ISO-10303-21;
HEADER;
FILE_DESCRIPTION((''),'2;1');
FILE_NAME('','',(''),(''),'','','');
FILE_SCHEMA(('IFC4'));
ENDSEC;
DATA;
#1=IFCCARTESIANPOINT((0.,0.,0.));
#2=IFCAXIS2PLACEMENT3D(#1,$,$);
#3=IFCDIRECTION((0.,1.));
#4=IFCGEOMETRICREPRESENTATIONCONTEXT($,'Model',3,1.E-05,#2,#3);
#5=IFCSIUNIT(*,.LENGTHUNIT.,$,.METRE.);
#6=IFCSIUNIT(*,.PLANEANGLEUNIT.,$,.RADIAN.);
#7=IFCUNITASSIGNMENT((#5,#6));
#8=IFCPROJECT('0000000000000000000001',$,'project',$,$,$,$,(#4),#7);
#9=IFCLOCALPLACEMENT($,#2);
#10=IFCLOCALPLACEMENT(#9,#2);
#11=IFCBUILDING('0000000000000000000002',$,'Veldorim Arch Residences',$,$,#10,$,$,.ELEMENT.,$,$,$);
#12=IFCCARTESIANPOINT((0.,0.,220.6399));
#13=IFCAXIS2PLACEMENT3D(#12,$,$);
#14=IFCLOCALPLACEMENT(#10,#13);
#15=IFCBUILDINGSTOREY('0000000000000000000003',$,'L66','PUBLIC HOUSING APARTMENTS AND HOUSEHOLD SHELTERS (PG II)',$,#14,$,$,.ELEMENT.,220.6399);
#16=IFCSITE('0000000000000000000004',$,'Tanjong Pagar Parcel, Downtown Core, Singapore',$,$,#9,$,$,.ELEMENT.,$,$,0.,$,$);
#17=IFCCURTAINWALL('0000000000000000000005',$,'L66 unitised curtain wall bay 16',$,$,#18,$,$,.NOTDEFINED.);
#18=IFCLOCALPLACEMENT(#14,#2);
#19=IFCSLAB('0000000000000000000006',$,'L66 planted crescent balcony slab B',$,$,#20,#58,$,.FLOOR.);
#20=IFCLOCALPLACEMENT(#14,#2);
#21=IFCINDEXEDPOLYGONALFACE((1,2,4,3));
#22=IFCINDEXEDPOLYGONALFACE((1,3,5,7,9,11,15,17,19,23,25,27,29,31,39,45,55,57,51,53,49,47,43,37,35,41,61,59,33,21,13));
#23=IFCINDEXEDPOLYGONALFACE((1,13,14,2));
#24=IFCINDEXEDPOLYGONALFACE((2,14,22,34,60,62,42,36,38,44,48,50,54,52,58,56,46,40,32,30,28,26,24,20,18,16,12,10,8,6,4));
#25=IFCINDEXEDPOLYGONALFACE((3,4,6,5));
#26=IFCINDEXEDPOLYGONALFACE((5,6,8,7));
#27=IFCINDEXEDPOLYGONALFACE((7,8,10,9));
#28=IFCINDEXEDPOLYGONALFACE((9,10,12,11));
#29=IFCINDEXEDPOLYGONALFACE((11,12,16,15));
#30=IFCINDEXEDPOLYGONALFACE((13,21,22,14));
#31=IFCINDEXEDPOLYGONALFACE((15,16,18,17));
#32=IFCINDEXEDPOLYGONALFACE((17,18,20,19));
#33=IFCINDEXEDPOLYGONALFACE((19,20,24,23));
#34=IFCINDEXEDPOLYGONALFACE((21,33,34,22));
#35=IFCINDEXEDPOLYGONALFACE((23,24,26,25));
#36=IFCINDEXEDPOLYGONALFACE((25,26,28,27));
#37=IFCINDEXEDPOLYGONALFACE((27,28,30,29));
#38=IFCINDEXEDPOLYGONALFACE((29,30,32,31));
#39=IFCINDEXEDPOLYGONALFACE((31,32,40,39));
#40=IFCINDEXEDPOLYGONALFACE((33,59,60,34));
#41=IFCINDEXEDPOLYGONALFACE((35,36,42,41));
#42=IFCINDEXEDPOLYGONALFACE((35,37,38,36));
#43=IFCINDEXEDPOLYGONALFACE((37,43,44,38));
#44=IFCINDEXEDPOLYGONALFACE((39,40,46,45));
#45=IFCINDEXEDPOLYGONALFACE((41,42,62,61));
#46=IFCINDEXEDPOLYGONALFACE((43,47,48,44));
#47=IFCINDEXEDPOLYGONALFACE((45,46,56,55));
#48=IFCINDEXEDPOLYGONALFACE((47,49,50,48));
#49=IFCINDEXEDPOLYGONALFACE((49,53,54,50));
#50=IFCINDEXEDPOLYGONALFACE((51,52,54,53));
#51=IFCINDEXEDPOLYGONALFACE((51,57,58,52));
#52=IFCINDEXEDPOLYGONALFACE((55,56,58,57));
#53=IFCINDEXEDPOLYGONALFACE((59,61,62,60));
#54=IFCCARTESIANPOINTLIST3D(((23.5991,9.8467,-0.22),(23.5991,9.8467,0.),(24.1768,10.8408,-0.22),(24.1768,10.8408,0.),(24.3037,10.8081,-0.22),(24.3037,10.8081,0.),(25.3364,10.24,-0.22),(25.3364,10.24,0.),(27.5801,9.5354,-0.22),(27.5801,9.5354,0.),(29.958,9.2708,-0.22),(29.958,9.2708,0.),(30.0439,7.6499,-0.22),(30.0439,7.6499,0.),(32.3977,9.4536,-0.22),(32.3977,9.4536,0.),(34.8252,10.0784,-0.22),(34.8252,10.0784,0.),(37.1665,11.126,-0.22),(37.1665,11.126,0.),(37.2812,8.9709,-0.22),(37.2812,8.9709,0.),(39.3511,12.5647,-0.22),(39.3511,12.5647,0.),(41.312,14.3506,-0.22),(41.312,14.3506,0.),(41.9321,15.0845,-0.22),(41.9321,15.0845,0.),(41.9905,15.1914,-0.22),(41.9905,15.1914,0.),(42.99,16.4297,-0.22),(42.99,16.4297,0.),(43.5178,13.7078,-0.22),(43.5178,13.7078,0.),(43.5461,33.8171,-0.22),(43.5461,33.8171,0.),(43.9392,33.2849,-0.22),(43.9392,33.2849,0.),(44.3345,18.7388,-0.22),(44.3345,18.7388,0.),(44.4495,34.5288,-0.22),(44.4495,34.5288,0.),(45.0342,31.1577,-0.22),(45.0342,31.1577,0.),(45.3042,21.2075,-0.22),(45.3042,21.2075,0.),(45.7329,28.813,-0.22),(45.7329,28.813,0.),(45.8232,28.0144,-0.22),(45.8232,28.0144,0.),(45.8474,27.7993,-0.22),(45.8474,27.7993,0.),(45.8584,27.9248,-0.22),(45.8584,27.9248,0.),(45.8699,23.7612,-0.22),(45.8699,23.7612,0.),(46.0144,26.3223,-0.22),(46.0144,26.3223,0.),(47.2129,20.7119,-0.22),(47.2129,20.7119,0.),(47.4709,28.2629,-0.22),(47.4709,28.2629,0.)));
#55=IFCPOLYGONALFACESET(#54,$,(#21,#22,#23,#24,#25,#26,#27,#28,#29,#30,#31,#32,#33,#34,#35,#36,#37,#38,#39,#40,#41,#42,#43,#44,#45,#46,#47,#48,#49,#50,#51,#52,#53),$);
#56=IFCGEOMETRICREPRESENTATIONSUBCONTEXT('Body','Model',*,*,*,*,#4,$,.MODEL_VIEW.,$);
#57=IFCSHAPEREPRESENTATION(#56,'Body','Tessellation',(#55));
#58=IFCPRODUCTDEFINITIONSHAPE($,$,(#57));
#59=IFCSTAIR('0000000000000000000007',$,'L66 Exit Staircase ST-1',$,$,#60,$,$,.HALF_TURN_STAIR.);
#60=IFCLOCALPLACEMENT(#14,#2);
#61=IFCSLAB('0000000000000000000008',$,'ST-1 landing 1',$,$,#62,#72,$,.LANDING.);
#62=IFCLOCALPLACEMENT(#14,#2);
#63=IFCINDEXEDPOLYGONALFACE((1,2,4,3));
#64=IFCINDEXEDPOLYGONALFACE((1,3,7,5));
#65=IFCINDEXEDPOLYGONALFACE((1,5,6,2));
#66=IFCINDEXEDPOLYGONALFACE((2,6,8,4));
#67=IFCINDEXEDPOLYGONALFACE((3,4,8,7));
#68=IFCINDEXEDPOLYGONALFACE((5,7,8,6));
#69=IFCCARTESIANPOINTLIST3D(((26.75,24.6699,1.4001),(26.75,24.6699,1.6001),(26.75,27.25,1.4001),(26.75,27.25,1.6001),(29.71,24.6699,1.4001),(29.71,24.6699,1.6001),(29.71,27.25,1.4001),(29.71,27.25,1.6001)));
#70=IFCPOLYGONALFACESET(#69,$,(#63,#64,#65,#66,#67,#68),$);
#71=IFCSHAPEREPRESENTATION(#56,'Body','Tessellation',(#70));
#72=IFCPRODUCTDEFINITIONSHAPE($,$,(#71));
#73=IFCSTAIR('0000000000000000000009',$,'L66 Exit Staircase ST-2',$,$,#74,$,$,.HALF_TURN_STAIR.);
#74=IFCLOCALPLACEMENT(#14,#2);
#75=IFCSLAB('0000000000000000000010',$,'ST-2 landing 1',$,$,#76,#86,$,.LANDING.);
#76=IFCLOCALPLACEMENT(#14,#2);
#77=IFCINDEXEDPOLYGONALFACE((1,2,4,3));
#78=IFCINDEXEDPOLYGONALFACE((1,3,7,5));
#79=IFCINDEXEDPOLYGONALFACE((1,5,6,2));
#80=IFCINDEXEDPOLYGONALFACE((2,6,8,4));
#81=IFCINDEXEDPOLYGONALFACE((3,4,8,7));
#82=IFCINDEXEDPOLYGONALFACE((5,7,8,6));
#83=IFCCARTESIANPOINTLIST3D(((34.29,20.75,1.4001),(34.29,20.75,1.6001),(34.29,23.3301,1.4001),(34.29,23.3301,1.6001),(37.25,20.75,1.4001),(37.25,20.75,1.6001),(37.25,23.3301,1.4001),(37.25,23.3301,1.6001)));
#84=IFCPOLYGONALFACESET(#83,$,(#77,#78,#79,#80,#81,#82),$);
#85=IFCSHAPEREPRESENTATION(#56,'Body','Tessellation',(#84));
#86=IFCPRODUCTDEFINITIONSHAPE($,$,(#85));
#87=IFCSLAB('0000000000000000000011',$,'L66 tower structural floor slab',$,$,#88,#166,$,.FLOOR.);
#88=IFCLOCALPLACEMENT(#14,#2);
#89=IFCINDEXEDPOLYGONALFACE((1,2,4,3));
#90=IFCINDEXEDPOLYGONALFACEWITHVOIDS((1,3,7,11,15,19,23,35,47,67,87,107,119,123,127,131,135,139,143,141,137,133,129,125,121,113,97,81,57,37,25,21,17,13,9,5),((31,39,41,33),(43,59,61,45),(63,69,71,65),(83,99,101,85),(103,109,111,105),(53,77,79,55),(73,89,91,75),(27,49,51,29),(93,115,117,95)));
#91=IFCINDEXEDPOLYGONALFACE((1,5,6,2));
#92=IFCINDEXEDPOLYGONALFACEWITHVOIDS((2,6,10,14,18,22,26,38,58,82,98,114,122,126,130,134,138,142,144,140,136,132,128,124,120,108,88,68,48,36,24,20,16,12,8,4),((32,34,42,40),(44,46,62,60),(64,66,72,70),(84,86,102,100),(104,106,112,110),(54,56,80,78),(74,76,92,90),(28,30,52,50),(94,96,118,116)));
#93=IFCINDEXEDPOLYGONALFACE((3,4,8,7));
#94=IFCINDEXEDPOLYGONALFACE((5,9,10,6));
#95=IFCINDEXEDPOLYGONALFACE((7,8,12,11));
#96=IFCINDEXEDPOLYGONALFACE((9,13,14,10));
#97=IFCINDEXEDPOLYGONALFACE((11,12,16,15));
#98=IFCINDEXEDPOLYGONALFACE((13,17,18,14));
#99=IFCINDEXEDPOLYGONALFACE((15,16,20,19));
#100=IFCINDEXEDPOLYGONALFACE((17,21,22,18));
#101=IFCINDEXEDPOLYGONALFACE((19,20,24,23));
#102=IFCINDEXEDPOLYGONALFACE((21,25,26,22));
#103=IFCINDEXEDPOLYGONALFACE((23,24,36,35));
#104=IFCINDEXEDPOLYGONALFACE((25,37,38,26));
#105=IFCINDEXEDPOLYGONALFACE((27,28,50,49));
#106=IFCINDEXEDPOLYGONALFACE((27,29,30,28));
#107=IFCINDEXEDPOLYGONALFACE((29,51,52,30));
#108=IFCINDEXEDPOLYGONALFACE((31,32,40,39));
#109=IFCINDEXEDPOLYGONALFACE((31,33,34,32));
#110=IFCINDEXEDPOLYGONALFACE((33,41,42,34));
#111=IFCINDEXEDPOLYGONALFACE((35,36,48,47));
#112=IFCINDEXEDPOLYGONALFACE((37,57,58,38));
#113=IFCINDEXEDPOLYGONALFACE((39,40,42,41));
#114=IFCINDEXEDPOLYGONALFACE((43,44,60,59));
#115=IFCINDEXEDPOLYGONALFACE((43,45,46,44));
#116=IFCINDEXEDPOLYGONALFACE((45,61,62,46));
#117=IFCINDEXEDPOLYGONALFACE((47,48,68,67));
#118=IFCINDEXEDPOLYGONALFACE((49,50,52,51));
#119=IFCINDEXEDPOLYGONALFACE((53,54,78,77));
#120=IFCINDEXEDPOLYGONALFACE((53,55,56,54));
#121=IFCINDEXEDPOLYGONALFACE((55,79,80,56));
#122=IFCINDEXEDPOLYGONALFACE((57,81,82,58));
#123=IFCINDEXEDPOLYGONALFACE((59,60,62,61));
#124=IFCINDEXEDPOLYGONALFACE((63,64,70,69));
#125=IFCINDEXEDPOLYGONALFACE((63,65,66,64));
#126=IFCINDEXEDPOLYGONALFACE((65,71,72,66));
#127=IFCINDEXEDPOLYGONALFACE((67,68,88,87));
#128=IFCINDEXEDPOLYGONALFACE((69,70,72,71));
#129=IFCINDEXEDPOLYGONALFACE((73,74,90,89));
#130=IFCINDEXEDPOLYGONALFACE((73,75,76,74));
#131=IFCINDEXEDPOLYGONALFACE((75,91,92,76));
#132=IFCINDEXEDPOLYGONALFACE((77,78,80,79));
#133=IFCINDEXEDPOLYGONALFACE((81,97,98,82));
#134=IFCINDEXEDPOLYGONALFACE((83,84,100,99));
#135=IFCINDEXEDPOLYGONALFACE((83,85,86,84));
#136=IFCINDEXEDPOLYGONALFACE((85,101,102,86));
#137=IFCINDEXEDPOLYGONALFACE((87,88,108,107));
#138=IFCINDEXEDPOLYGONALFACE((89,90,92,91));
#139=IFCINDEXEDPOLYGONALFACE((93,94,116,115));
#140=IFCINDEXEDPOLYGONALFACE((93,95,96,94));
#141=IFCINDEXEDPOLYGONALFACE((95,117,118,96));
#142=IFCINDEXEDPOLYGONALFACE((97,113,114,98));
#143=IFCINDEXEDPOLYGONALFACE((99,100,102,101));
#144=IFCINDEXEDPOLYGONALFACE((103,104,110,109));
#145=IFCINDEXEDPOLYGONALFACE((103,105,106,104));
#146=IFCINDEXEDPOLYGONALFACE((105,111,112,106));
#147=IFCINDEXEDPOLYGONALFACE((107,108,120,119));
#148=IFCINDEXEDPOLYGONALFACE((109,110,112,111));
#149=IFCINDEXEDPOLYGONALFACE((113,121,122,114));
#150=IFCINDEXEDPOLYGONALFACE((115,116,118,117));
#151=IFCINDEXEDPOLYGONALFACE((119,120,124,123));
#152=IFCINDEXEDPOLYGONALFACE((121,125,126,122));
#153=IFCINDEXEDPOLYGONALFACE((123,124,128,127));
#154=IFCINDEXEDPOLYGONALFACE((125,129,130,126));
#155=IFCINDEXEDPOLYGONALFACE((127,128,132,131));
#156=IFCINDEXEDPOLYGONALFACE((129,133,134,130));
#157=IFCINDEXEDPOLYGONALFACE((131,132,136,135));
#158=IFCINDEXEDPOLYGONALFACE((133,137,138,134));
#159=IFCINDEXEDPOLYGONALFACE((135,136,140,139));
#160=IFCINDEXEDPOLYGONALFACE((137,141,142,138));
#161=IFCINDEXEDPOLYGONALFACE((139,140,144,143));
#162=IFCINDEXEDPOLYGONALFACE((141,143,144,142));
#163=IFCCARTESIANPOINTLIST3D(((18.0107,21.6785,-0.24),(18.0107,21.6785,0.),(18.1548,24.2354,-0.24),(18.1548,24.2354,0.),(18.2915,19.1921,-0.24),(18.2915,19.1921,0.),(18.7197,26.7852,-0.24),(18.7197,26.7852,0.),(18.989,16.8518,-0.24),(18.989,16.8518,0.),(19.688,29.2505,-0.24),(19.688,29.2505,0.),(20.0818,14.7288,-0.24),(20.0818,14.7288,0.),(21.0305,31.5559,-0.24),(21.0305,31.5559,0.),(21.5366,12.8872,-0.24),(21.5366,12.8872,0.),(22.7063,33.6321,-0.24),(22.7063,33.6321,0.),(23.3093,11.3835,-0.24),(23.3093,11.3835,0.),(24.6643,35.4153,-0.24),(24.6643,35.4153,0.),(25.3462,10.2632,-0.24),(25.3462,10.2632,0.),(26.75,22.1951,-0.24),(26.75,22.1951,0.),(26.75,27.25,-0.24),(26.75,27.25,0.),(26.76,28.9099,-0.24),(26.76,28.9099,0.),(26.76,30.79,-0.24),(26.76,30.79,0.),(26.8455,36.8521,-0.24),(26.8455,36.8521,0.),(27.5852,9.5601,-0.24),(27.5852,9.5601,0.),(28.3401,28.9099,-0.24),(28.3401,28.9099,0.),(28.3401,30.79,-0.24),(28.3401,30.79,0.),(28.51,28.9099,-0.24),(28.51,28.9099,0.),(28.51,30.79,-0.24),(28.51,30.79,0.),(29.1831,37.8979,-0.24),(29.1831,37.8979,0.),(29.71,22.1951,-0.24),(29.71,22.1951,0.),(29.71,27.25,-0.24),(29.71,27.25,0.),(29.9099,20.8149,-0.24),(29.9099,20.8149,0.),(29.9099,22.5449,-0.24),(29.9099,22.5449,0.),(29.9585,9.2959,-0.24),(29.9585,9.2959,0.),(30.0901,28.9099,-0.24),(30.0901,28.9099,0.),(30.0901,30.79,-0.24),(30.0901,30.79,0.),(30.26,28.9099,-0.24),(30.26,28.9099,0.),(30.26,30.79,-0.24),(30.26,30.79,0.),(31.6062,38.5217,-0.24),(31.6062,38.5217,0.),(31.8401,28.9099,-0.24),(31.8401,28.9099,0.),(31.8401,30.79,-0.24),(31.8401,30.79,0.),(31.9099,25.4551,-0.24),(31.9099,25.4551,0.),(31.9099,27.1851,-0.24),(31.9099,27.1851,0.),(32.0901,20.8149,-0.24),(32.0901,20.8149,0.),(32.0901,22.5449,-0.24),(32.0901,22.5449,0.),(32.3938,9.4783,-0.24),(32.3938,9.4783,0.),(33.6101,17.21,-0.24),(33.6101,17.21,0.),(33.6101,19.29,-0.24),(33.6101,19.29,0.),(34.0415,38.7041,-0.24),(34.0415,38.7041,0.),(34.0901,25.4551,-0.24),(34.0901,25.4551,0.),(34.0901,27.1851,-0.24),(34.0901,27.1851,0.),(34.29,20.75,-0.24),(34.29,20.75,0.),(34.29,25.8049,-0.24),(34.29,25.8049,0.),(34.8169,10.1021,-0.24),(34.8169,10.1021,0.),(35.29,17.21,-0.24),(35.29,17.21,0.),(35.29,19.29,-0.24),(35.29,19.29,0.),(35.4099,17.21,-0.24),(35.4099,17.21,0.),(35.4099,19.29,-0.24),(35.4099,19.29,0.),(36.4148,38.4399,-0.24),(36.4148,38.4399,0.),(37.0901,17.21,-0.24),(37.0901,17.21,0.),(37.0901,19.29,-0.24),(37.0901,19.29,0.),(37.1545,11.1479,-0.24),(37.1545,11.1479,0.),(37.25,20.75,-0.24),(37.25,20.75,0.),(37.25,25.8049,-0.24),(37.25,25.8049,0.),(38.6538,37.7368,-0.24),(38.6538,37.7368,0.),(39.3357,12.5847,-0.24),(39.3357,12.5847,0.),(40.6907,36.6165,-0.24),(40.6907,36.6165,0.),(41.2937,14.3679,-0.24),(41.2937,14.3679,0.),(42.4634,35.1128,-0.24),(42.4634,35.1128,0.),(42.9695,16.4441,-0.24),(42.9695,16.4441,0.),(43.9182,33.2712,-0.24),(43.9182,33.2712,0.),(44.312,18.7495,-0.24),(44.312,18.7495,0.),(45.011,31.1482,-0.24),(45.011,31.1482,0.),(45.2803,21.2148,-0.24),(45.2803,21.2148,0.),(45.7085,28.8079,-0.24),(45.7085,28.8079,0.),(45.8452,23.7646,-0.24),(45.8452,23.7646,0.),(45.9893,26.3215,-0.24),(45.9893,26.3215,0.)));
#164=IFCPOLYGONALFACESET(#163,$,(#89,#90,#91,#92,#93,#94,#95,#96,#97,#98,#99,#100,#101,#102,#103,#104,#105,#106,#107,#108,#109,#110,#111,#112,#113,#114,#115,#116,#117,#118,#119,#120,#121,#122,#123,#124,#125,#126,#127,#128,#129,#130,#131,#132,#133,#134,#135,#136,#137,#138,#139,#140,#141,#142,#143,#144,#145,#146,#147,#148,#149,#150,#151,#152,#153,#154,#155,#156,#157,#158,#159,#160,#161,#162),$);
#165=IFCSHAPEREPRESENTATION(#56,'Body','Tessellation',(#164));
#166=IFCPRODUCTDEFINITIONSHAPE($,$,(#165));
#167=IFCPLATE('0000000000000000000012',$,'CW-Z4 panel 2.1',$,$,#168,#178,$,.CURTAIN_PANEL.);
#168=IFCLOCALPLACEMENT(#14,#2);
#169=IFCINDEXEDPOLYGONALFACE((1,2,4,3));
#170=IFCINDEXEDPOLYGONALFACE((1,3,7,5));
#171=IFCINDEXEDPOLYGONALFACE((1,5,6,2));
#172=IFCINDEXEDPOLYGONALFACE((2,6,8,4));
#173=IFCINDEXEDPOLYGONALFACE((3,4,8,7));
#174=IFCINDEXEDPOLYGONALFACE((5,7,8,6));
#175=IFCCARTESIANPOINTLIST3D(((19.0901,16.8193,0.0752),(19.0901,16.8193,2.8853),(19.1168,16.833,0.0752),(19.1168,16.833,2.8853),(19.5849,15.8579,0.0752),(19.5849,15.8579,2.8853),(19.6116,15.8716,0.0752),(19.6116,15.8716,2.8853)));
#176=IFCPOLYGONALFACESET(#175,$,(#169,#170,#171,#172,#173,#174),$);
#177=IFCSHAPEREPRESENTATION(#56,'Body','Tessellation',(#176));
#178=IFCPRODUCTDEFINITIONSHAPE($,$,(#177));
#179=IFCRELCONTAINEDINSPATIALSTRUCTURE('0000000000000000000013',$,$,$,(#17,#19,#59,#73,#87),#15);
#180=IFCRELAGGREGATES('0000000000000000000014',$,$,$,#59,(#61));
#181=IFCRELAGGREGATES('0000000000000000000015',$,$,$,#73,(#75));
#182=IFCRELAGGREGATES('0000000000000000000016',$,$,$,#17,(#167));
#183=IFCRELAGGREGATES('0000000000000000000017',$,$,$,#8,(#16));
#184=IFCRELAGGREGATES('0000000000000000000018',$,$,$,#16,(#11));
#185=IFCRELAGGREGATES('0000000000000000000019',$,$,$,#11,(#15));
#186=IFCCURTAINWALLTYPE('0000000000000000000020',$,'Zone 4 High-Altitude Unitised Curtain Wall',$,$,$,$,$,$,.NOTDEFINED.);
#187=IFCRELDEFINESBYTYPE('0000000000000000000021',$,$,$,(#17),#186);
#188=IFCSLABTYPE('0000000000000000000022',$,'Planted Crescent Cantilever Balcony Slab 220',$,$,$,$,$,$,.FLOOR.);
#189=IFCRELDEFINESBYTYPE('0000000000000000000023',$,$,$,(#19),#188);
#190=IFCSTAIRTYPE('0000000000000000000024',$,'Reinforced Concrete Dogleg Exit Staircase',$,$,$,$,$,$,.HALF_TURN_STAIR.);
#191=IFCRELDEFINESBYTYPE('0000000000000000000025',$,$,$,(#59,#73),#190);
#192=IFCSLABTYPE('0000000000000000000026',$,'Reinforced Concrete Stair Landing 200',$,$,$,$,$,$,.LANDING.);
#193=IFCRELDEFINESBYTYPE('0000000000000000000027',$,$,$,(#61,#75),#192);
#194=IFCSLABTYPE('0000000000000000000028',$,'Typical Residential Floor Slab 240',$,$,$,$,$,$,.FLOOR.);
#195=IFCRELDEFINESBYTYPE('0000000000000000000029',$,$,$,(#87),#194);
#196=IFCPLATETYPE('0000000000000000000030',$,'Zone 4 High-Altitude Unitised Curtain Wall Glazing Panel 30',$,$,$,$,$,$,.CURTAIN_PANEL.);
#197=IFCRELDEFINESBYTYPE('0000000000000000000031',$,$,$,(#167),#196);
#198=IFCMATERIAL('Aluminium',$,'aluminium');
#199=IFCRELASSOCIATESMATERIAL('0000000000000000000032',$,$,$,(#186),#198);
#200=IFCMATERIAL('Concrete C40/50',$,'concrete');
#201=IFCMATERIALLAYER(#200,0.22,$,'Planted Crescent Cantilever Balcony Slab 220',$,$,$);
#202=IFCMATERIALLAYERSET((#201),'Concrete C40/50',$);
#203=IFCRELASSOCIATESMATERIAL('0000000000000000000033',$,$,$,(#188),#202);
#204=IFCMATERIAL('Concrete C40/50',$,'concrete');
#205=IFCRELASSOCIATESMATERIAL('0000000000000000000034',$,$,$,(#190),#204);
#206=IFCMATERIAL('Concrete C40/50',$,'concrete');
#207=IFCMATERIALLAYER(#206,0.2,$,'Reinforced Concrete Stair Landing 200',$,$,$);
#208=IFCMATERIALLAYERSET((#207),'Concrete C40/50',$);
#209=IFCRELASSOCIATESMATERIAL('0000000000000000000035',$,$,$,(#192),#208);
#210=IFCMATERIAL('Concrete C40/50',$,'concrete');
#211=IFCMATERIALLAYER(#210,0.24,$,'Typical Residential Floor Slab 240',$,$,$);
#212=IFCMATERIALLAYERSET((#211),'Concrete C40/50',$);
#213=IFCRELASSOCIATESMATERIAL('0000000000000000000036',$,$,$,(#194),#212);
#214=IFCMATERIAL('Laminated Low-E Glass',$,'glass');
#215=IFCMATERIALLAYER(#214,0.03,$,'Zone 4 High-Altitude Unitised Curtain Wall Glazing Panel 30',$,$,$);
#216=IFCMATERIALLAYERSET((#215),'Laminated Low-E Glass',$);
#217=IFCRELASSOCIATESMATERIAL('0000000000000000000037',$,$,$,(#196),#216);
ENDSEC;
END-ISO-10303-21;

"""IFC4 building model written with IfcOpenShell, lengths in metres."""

from ifc_helpers import new_model, si_unit, direction, frame, origin, origin_2d, place, context, subcontext, project, spatial, polyline, rectangle, outline, extrude, material, layer, layer_set, type_object, element, aggregate, save


model = new_model("IFC4")

# Units and contexts
model_context = context("Model", 3, precision=1e-05, world=origin(), true_north=direction((0.0, 1.0)))
body_context = subcontext(model_context, "Body", "Model", "MODEL_VIEW")
ifc_project = project(units=[si_unit("LENGTHUNIT", "METRE"), si_unit("PLANEANGLEUNIT", "RADIAN")], contexts=[model_context])

# Site, building, storey
site_placement = place(None, origin())
site = spatial("IfcSite", under=ifc_project, at=site_placement, Name="Tanjong Pagar Parcel, Downtown Core, Singapore", CompositionType="ELEMENT", RefElevation=0.0)
building_placement = place(site_placement, origin())
building = spatial("IfcBuilding", under=site, at=building_placement, Name="Veldorim Arch Residences", CompositionType="ELEMENT")
storey_placement = place(building_placement, frame((0.0, 0.0, 220.6399)))
storey = spatial("IfcBuildingStorey", under=building, at=storey_placement, Name="L66", Description="PUBLIC HOUSING APARTMENTS AND HOUSEHOLD SHELTERS (PG II)", CompositionType="ELEMENT", Elevation=220.6399)

# Curtain wall
ifc_material_1 = material(Name="Aluminium", Category="aluminium")
curtain_wall_type = type_object("IfcCurtainWallType", Name="Zone 4 High-Altitude Unitised Curtain Wall", PredefinedType="NOTDEFINED", material=ifc_material_1)
curtain_wall_placement = place(storey_placement, origin())
curtain_wall = element("IfcCurtainWall", 1, at=curtain_wall_placement, inside=storey, type_object=curtain_wall_type, Name="L66 unitised curtain wall bay 16", PredefinedType="NOTDEFINED")

# Slab
ifc_material_2 = material(Name="Concrete C40/50", Category="concrete")
ifc_layer_1 = layer(ifc_material_2, 0.22, Name="Planted Crescent Cantilever Balcony Slab 220")
ifc_layer_set_1 = layer_set([ifc_layer_1], Name="Concrete C40/50")
slab_type_1 = type_object("IfcSlabType", Name="Planted Crescent Cantilever Balcony Slab 220", PredefinedType="FLOOR", material=ifc_layer_set_1)
slab_1_placement = place(storey_placement, frame((0.0, 0.0, -0.22)))
element("IfcSlab", 2, at=slab_1_placement, inside=storey, type_object=slab_type_1, Name="L66 planted crescent balcony slab B", PredefinedType="FLOOR", context=body_context, shape_type="SweptSolid", body=[
    extrude(outline(polyline([(24.3037, 10.8081), (25.3364, 10.24), (27.5801, 9.5354), (29.958, 9.2708), (32.3977, 9.4536), (34.8252, 10.0784), (37.1665, 11.126), (39.3511, 12.5647), (41.312, 14.3506), (41.9321, 15.0845), (41.9905, 15.1914), (42.99, 16.4297), (44.3345, 18.7388), (45.3042, 21.2075), (45.8699, 23.7612), (46.0144, 26.3223), (45.8474, 27.7993), (45.8584, 27.9248), (45.8232, 28.0144), (45.7329, 28.813), (45.0342, 31.1577), (43.9392, 33.2849), (43.5461, 33.8171), (44.4495, 34.5288), (47.4709, 28.2629), (47.2129, 20.7119), (43.5178, 13.7078), (37.2812, 8.9709), (30.0439, 7.6499), (23.5991, 9.8467), (24.1768, 10.8408), (24.3037, 10.8081)])), origin(), (0.0, 0.0, 1.0), 0.22),
])

# Stairs, slabs
ifc_material_3 = material(Name="Concrete C40/50", Category="concrete")
stair_type = type_object("IfcStairType", Name="Reinforced Concrete Dogleg Exit Staircase", PredefinedType="HALF_TURN_STAIR", material=ifc_material_3)
stair_1_placement = place(storey_placement, origin())
stair_1 = element("IfcStair", 3, at=stair_1_placement, inside=storey, type_object=stair_type, Name="L66 Exit Staircase ST-1", PredefinedType="HALF_TURN_STAIR")
ifc_material_4 = material(Name="Concrete C40/50", Category="concrete")
ifc_layer_2 = layer(ifc_material_4, 0.2, Name="Reinforced Concrete Stair Landing 200")
ifc_layer_set_2 = layer_set([ifc_layer_2], Name="Concrete C40/50")
slab_type_2 = type_object("IfcSlabType", Name="Reinforced Concrete Stair Landing 200", PredefinedType="LANDING", material=ifc_layer_set_2)
slab_2_placement = place(storey_placement, frame((0.0, 0.0, 1.4001)))
slab_2 = element("IfcSlab", 4, at=slab_2_placement, type_object=slab_type_2, Name="ST-1 landing 1", PredefinedType="LANDING", context=body_context, shape_type="SweptSolid", body=[
    extrude(outline(polyline([(29.71, 24.6699), (29.71, 27.25), (26.75, 27.25), (26.75, 24.6699), (29.71, 24.6699)])), origin(), (0.0, 0.0, 1.0), 0.2),
])
aggregate(stair_1, [slab_2])
stair_2_placement = place(storey_placement, origin())
stair_2 = element("IfcStair", 5, at=stair_2_placement, inside=storey, type_object=stair_type, Name="L66 Exit Staircase ST-2", PredefinedType="HALF_TURN_STAIR")
slab_3_placement = place(storey_placement, frame((0.0, 0.0, 1.4001)))
slab_3 = element("IfcSlab", 6, at=slab_3_placement, type_object=slab_type_2, Name="ST-2 landing 1", PredefinedType="LANDING", context=body_context, shape_type="SweptSolid", body=[
    extrude(outline(polyline([(34.29, 23.3301), (34.29, 20.75), (37.25, 20.75), (37.25, 23.3301), (34.29, 23.3301)])), origin(), (0.0, 0.0, 1.0), 0.2),
])
aggregate(stair_2, [slab_3])

# Slab
ifc_material_5 = material(Name="Concrete C40/50", Category="concrete")
ifc_layer_3 = layer(ifc_material_5, 0.24, Name="Typical Residential Floor Slab 240")
ifc_layer_set_3 = layer_set([ifc_layer_3], Name="Concrete C40/50")
slab_type_3 = type_object("IfcSlabType", Name="Typical Residential Floor Slab 240", PredefinedType="FLOOR", material=ifc_layer_set_3)
slab_4_placement = place(storey_placement, frame((0.0, 0.0, -0.24)))
element("IfcSlab", 7, at=slab_4_placement, inside=storey, type_object=slab_type_3, Name="L66 tower structural floor slab", PredefinedType="FLOOR", context=body_context, shape_type="SweptSolid", body=[
    extrude(outline(polyline([(40.6907, 36.6165), (38.6538, 37.7368), (36.4148, 38.4399), (34.0415, 38.7041), (31.6062, 38.5217), (29.1831, 37.8979), (26.8455, 36.8521), (24.6643, 35.4153), (22.7063, 33.6321), (21.0305, 31.5559), (19.688, 29.2505), (18.7197, 26.7852), (18.1548, 24.2354), (18.0107, 21.6785), (18.2915, 19.1921), (18.989, 16.8518), (20.0818, 14.7288), (21.5366, 12.8872), (23.3093, 11.3835), (25.3462, 10.2632), (27.5852, 9.5601), (29.9585, 9.2959), (32.3938, 9.4783), (34.8169, 10.1021), (37.1545, 11.1479), (39.3357, 12.5847), (41.2937, 14.3679), (42.9695, 16.4441), (44.312, 18.7495), (45.2803, 21.2148), (45.8452, 23.7646), (45.9893, 26.3215), (45.7085, 28.8079), (45.011, 31.1482), (43.9182, 33.2712), (42.4634, 35.1128), (40.6907, 36.6165)]), holes=[polyline([(33.6101, 17.21), (33.6101, 19.29), (35.29, 19.29), (35.29, 17.21), (33.6101, 17.21)]), polyline([(35.4099, 17.21), (35.4099, 19.29), (37.0901, 19.29), (37.0901, 17.21), (35.4099, 17.21)]), polyline([(29.9099, 20.8149), (29.9099, 22.5449), (32.0901, 22.5449), (32.0901, 20.8149), (29.9099, 20.8149)]), polyline([(34.29, 20.75), (34.29, 25.8049), (37.25, 25.8049), (37.25, 20.75), (34.29, 20.75)]), polyline([(26.75, 22.1951), (26.75, 27.25), (29.71, 27.25), (29.71, 22.1951), (26.75, 22.1951)]), polyline([(31.9099, 25.4551), (31.9099, 27.1851), (34.0901, 27.1851), (34.0901, 25.4551), (31.9099, 25.4551)]), polyline([(26.76, 28.9099), (26.76, 30.79), (28.3401, 30.79), (28.3401, 28.9099), (26.76, 28.9099)]), polyline([(28.51, 30.79), (30.0901, 30.79), (30.0901, 28.9099), (28.51, 28.9099), (28.51, 30.79)]), polyline([(30.26, 30.79), (31.8401, 30.79), (31.8401, 28.9099), (30.26, 28.9099), (30.26, 30.79)])]), origin(), (0.0, 0.0, 1.0), 0.24),
])

# Plate
ifc_material_6 = material(Name="Laminated Low-E Glass", Category="glass")
ifc_layer_4 = layer(ifc_material_6, 0.03, Name="Zone 4 High-Altitude Unitised Curtain Wall Glazing Panel 30")
ifc_layer_set_4 = layer_set([ifc_layer_4], Name="Laminated Low-E Glass")
plate_type = type_object("IfcPlateType", Name="Zone 4 High-Altitude Unitised Curtain Wall Glazing Panel 30", PredefinedType="CURTAIN_PANEL", material=ifc_layer_set_4)
plate_placement = place(storey_placement, frame((19.3508, 16.3455, 0.0752), z_axis=(0.0, 0.0, 1.0), x_axis=(-0.457653, 0.889131, 0.0)))
plate = element("IfcPlate", 8, at=plate_placement, type_object=plate_type, Name="CW-Z4 panel 2.1", PredefinedType="CURTAIN_PANEL", context=body_context, shape_type="SweptSolid", body=[
    extrude(rectangle(XDim=1.0813, YDim=0.03, at=origin_2d()), origin(), (0.0, 0.0, 1.0), 2.8101),
])
aggregate(curtain_wall, [plate])

save(model, "model.ifc")
